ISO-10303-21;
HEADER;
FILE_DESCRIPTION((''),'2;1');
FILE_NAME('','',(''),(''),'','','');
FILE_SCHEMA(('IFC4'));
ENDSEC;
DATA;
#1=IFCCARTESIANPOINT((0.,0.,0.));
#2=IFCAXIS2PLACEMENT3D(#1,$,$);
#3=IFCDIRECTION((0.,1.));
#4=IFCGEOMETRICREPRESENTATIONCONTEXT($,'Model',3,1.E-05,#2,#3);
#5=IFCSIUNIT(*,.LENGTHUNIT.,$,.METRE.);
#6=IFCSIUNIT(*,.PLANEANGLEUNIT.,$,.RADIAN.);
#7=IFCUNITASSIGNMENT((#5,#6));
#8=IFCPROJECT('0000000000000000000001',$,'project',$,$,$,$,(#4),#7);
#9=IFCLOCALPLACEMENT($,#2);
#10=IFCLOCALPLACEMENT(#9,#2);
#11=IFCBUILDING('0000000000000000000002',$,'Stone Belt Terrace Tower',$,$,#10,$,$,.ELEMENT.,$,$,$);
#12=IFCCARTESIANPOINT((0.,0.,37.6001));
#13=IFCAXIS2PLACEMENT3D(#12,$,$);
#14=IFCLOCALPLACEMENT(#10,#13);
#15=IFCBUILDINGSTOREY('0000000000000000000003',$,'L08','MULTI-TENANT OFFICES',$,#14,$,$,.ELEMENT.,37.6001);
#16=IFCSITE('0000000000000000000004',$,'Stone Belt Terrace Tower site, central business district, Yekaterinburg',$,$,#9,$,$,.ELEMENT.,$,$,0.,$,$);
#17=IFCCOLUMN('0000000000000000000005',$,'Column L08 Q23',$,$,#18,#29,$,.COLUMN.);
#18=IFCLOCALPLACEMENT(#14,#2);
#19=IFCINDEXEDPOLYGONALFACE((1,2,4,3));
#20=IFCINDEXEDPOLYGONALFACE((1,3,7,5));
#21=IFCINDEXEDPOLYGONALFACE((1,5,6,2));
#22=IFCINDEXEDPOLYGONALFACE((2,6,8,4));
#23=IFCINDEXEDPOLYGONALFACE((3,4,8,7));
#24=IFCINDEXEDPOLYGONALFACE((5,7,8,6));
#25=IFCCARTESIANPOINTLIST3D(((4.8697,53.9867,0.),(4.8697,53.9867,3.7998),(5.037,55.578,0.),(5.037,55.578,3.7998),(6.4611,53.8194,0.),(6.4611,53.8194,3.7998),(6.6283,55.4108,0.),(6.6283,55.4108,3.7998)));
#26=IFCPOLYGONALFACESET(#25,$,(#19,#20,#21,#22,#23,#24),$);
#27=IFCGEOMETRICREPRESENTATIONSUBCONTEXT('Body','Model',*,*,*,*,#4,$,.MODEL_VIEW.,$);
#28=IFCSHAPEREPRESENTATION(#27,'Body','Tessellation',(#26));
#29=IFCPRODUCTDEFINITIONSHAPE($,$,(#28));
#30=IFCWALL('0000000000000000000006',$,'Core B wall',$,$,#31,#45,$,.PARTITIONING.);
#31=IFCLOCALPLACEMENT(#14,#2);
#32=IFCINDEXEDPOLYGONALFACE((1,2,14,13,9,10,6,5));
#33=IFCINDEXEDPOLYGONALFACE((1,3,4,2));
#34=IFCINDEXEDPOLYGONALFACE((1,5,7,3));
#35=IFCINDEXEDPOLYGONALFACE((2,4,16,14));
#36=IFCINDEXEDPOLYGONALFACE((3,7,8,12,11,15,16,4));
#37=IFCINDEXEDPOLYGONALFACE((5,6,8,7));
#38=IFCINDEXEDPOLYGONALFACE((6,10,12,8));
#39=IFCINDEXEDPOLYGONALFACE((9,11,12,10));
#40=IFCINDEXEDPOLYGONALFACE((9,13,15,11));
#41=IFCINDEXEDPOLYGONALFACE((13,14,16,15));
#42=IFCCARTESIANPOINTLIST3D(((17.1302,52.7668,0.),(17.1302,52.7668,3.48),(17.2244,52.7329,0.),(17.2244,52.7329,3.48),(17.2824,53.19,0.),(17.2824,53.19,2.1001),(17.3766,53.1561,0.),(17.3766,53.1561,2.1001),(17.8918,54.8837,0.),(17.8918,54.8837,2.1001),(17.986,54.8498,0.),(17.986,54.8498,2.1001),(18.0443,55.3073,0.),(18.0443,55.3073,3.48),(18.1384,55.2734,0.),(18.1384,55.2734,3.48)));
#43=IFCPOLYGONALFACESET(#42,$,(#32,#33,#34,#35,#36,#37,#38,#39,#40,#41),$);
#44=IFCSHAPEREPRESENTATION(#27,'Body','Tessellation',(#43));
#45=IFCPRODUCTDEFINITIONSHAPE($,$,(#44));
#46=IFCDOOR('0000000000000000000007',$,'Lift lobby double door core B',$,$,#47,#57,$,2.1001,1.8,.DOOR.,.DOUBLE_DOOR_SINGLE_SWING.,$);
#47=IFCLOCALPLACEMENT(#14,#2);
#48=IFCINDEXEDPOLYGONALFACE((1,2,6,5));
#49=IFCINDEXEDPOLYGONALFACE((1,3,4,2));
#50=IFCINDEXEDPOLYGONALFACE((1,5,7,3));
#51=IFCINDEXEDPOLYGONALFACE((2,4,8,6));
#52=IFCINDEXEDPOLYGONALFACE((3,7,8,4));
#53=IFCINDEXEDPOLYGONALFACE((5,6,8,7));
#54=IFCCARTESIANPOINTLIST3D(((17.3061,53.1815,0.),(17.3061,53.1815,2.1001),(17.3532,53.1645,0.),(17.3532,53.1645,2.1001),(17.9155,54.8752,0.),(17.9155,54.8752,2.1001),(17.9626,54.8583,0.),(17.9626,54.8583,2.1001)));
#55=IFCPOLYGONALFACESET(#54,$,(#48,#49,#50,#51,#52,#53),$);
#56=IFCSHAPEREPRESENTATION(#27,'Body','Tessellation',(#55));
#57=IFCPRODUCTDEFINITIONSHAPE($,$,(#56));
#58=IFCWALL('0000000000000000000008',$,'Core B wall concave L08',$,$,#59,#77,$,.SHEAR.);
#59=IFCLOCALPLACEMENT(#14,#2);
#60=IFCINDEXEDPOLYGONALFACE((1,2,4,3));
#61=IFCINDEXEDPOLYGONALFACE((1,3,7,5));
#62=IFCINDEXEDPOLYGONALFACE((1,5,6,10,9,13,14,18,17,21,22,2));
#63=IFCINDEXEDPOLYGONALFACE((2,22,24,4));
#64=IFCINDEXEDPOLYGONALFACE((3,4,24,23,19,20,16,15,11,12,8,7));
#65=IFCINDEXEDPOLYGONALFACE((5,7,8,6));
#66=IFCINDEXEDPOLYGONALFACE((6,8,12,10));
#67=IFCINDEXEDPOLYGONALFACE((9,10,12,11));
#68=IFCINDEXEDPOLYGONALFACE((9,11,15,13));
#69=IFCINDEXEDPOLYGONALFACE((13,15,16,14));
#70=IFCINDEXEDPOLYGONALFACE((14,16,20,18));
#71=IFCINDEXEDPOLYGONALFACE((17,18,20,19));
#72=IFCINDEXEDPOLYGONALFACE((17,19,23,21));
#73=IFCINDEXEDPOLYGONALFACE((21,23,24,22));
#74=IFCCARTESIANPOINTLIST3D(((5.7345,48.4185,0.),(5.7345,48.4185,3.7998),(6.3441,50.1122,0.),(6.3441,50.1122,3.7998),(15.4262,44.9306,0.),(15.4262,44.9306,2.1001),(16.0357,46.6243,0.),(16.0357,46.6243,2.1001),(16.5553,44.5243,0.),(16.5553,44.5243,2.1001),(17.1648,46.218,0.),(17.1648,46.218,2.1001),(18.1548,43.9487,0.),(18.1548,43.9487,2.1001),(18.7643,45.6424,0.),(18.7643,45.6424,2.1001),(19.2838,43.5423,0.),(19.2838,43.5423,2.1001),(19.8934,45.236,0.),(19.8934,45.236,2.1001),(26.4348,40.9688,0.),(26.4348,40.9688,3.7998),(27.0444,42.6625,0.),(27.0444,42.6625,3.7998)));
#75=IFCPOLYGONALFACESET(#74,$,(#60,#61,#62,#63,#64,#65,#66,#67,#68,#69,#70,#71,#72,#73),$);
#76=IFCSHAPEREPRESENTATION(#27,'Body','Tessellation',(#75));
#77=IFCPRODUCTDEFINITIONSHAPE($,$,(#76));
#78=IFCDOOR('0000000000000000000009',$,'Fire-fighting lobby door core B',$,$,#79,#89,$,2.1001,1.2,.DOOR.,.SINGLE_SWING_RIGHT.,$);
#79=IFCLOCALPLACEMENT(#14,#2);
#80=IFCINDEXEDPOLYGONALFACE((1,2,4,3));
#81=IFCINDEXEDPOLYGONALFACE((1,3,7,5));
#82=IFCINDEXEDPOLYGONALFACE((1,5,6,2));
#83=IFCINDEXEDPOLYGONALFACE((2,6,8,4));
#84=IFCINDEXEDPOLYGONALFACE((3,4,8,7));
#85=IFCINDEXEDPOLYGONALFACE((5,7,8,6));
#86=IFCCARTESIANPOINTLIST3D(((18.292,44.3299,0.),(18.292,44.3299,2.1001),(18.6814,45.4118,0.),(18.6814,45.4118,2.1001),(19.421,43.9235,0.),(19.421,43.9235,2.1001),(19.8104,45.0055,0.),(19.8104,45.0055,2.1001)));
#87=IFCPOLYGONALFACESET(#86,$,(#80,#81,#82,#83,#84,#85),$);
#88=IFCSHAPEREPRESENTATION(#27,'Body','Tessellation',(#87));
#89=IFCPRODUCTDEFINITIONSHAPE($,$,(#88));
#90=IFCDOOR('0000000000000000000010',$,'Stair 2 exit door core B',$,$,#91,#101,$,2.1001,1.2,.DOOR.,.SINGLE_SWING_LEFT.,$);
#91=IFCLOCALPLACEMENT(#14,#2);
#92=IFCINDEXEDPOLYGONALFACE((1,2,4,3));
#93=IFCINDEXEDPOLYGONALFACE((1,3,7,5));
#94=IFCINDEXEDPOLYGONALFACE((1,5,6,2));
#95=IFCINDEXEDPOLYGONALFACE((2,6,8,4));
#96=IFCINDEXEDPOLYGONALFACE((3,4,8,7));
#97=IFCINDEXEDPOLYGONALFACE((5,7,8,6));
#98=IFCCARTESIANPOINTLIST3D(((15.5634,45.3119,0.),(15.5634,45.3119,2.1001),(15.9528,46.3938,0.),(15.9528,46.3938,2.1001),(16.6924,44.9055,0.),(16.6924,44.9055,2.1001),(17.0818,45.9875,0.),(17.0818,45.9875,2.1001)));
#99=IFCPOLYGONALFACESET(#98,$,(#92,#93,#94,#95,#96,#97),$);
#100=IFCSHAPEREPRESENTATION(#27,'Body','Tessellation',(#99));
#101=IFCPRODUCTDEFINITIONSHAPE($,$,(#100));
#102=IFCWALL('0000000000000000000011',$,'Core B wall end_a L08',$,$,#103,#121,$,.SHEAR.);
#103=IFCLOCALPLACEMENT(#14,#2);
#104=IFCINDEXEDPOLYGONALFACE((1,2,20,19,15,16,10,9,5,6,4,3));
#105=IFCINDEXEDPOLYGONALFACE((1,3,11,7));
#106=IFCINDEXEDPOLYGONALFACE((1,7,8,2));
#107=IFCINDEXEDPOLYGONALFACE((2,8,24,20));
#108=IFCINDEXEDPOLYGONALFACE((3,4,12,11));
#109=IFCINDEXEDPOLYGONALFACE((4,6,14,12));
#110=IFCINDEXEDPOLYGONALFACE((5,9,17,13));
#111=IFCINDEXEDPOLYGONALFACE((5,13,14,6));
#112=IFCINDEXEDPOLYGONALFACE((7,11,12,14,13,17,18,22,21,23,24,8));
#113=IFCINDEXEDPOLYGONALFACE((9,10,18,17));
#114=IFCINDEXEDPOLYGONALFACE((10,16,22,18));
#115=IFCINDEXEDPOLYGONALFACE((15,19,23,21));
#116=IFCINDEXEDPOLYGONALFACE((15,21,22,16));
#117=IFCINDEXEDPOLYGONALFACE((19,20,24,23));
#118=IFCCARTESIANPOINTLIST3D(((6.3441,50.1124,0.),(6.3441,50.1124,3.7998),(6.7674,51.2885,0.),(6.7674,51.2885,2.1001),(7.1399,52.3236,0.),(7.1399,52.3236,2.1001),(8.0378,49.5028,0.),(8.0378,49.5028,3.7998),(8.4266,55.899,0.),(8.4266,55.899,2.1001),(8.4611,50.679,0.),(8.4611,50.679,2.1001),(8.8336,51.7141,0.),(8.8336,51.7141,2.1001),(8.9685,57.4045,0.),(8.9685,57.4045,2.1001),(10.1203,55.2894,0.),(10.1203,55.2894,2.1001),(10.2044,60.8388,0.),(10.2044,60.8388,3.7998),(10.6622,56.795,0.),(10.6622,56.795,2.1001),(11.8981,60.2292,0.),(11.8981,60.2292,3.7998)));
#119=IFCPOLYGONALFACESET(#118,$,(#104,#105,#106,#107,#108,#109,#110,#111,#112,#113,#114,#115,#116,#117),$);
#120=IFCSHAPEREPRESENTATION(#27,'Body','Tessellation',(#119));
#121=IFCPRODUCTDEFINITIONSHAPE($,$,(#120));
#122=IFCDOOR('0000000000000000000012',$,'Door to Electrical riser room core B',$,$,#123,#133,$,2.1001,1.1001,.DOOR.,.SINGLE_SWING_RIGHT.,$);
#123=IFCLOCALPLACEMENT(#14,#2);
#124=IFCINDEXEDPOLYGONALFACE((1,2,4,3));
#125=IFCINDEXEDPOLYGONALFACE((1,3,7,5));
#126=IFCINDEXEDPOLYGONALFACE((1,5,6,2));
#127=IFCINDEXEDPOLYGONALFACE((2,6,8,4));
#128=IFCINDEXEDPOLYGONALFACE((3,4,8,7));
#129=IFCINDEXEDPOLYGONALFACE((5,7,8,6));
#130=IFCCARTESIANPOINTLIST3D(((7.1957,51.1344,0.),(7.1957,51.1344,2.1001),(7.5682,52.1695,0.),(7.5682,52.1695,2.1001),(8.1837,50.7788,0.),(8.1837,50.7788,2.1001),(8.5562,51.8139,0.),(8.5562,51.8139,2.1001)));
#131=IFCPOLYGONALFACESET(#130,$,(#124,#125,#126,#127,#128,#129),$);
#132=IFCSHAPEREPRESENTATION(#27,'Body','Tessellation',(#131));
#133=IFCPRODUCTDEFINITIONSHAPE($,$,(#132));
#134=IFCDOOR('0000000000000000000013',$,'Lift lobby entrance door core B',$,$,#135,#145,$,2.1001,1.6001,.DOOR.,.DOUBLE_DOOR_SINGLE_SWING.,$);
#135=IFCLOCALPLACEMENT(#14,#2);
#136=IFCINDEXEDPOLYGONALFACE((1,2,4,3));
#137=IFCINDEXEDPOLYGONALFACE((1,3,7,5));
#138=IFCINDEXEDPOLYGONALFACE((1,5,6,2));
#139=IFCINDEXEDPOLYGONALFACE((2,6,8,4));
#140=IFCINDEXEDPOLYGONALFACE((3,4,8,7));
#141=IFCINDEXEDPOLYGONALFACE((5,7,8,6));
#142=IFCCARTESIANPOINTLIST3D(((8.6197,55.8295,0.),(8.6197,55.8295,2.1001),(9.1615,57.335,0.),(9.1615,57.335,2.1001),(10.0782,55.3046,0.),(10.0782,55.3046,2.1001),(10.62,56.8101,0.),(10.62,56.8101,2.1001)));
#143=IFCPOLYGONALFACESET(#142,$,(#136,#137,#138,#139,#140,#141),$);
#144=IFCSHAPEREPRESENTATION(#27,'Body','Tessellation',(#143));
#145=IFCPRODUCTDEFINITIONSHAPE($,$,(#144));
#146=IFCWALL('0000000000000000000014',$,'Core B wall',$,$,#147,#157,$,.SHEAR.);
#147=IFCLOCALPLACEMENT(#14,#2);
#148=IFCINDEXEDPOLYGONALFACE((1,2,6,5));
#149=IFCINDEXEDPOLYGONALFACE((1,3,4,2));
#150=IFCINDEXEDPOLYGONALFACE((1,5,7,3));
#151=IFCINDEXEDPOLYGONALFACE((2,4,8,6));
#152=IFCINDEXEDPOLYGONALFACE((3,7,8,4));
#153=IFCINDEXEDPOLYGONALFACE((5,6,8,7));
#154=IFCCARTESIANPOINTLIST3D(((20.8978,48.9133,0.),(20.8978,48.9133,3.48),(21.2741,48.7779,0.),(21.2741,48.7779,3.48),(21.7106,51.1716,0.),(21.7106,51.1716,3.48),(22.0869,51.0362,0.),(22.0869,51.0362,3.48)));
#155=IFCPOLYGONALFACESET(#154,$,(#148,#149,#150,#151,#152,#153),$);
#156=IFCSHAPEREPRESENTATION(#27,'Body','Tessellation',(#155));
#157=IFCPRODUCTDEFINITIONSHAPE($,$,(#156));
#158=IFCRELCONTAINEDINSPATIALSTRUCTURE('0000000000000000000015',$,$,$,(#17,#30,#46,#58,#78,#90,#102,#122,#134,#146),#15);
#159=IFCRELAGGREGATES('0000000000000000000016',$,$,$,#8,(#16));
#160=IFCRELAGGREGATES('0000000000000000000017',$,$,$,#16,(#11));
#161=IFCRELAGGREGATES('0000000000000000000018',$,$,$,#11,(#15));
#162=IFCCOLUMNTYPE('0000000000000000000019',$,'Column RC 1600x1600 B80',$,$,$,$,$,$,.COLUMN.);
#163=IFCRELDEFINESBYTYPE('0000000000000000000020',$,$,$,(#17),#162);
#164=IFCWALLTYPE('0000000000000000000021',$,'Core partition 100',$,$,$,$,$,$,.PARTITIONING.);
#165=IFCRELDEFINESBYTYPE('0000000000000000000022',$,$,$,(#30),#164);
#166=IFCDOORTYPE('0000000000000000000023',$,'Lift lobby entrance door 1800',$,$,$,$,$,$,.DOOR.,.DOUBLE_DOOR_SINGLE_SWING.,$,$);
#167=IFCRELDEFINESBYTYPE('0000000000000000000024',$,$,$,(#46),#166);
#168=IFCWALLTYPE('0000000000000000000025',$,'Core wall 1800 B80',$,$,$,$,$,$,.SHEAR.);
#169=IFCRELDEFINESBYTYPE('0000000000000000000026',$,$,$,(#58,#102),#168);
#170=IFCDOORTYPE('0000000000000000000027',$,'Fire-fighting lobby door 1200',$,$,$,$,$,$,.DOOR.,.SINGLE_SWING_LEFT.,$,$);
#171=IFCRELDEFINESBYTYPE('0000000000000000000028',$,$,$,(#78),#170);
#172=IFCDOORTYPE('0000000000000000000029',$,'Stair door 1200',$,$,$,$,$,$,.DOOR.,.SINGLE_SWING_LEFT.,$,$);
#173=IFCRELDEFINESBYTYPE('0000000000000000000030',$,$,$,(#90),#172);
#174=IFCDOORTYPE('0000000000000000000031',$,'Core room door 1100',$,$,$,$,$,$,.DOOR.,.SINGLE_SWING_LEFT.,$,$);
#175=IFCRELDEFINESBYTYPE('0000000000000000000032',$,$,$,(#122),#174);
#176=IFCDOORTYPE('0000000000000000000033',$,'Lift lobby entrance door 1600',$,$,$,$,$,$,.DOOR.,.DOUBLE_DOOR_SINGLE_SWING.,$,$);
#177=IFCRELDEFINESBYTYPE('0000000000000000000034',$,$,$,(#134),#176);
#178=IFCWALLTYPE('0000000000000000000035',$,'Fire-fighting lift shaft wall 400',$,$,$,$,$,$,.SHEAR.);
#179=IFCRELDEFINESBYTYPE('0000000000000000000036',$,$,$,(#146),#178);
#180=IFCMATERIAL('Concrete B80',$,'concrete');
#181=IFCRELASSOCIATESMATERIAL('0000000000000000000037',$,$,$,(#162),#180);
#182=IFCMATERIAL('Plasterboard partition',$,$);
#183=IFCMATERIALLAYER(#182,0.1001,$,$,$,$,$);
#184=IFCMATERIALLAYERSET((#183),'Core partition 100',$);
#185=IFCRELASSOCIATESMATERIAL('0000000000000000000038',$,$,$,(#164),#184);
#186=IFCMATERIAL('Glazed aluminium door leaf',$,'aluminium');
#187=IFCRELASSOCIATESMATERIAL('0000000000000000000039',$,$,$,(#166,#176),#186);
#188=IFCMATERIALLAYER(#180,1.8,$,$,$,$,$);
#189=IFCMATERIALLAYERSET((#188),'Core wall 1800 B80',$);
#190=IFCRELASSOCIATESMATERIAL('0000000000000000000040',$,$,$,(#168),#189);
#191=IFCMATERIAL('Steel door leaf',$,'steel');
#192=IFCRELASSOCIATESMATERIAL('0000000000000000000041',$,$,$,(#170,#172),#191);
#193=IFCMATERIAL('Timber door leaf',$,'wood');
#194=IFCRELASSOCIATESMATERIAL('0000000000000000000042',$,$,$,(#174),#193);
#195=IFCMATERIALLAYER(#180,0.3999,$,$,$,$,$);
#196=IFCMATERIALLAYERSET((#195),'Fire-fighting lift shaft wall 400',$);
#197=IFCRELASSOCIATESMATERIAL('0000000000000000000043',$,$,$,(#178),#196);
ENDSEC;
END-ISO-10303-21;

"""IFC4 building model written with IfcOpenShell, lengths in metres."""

from ifc_helpers import new_model, si_unit, direction, frame, frame_2d, origin, origin_2d, place, context, subcontext, project, spatial, rectangle, extrude, material, layer, layer_set, material_profile, profile_set, type_object, element, fill, save


model = new_model("IFC4")

# Units and contexts
model_context = context("Model", 3, precision=1e-05, world=origin(), true_north=direction((0.0, 1.0)))
body_context = subcontext(model_context, "Body", "Model", "MODEL_VIEW")
ifc_project = project(units=[si_unit("LENGTHUNIT", "METRE"), si_unit("PLANEANGLEUNIT", "RADIAN")], contexts=[model_context])

# Site, building, storey
site_placement = place(None, origin())
site = spatial("IfcSite", under=ifc_project, at=site_placement, Name="Stone Belt Terrace Tower site, central business district, Yekaterinburg", CompositionType="ELEMENT", RefElevation=0.0)
building_placement = place(site_placement, origin())
building = spatial("IfcBuilding", under=site, at=building_placement, Name="Stone Belt Terrace Tower", CompositionType="ELEMENT")
storey_placement = place(building_placement, frame((0.0, 0.0, 37.6001)))
storey = spatial("IfcBuildingStorey", under=building, at=storey_placement, Name="L08", Description="MULTI-TENANT OFFICES", CompositionType="ELEMENT", Elevation=37.6001)

# Column
ifc_material_1 = material(Name="Concrete B80", Category="concrete")
ifc_material_profile = material_profile(ifc_material_1, rectangle(XDim=1.6001, YDim=1.6001, at=origin_2d()), Name="RC 1600x1600")
ifc_profile_set = profile_set([ifc_material_profile], Name="Concrete B80")
column_type = type_object("IfcColumnType", Name="Column RC 1600x1600 B80", PredefinedType="COLUMN", material=ifc_profile_set)
column_placement = place(storey_placement, frame((5.749, 54.6987, 0.0), z_axis=(0.0, 0.0, 1.0), x_axis=(0.994522, -0.104528, 0.0)))
element("IfcColumn", 1, at=column_placement, inside=storey, type_object=column_type, Name="Column L08 Q23", PredefinedType="COLUMN", context=body_context, shape_type="SweptSolid", body=[
    extrude(rectangle(XDim=1.6001, YDim=1.6001, at=origin_2d()), origin(), (0.0, 0.0, 1.0), 3.7998),
])

# Wall, opening, door
ifc_material_2 = material(Name="Plasterboard partition")
ifc_layer_1 = layer(ifc_material_2, 0.1001)
ifc_layer_set_1 = layer_set([ifc_layer_1], Name="Core partition 100")
wall_type_1 = type_object("IfcWallType", Name="Core partition 100", PredefinedType="PARTITIONING", material=ifc_layer_set_1)
wall_1_placement = place(storey_placement, frame((17.1772, 52.7498, 0.0), z_axis=(0.0, 0.0, 1.0), x_axis=(0.338547, 0.94095, 0.0)))
wall_1 = element("IfcWall", 2, at=wall_1_placement, inside=storey, type_object=wall_type_1, Name="Core B wall", PredefinedType="PARTITIONING", context=body_context, shape_type="SweptSolid", body=[
    extrude(rectangle(XDim=2.7, YDim=0.1001, at=frame_2d((1.3501, 0.0))), origin(), (0.0, 0.0, 1.0), 3.48),
])
opening_1_placement = place(wall_1_placement, frame((0.45, 0.0, 0.0)))
opening_1 = element("IfcOpeningElement", 3, at=opening_1_placement, cuts=wall_1, PredefinedType="OPENING", context=body_context, shape_type="SweptSolid", body=[
    extrude(rectangle(XDim=1.8, YDim=2.1001, at=frame_2d((0.8999, 1.05))), frame((0.0, 0.0601, 0.0), z_axis=(0.0, -1.0, 0.0), x_axis=(1.0, 0.0, 0.0)), (0.0, 0.0, 1.0), 0.1201),
])
ifc_material_3 = material(Name="Glazed aluminium door leaf", Category="aluminium")
door_type_1 = type_object("IfcDoorType", Name="Lift lobby entrance door 1800", OperationType="DOUBLE_DOOR_SINGLE_SWING", PredefinedType="DOOR", material=ifc_material_3)
door_1_placement = place(opening_1_placement, origin())
door_1 = element("IfcDoor", 4, at=door_1_placement, inside=storey, type_object=door_type_1, Name="Lift lobby double door core B", OperationType="DOUBLE_DOOR_SINGLE_SWING", OverallHeight=2.1001, OverallWidth=1.8, PredefinedType="DOOR", context=body_context, shape_type="SweptSolid", body=[
    extrude(rectangle(XDim=1.8, YDim=2.1001, at=frame_2d((0.8999, 1.05))), frame((0.0, 0.0249, 0.0), z_axis=(0.0, -1.0, 0.0), x_axis=(1.0, 0.0, 0.0)), (0.0, 0.0, 1.0), 0.05),
])
fill(opening_1, door_1)

# Walls, openings, doors
ifc_layer_2 = layer(ifc_material_1, 1.8)
ifc_layer_set_2 = layer_set([ifc_layer_2], Name="Core wall 1800 B80")
wall_type_2 = type_object("IfcWallType", Name="Core wall 1800 B80", PredefinedType="SHEAR", material=ifc_layer_set_2)
wall_2_placement = place(storey_placement, frame((6.0393, 49.2654, 0.0), z_axis=(0.0, 0.0, 1.0), x_axis=(0.940922, -0.338624, 0.0)))
wall_2 = element("IfcWall", 5, at=wall_2_placement, inside=storey, type_object=wall_type_2, Name="Core B wall concave L08", PredefinedType="SHEAR", context=body_context, shape_type="SweptSolid", body=[
    extrude(rectangle(XDim=22.0, YDim=1.8, at=frame_2d((11.0, 0.0))), origin(), (0.0, 0.0, 1.0), 3.7998),
])
opening_2_placement = place(wall_2_placement, frame((13.2, 0.0, 0.0)))
opening_2 = element("IfcOpeningElement", 6, at=opening_2_placement, cuts=wall_2, PredefinedType="OPENING", context=body_context, shape_type="SweptSolid", body=[
    extrude(rectangle(XDim=1.2, YDim=2.1001, at=frame_2d((0.6001, 1.05))), frame((0.0, 0.9099, 0.0), z_axis=(0.0, -1.0, 0.0), x_axis=(1.0, 0.0, 0.0)), (0.0, 0.0, 1.0), 1.8201),
])
opening_3_placement = place(wall_2_placement, frame((10.3, 0.0, 0.0)))
opening_3 = element("IfcOpeningElement", 7, at=opening_3_placement, cuts=wall_2, PredefinedType="OPENING", context=body_context, shape_type="SweptSolid", body=[
    extrude(rectangle(XDim=1.2, YDim=2.1001, at=frame_2d((0.6001, 1.05))), frame((0.0, 0.9099, 0.0), z_axis=(0.0, -1.0, 0.0), x_axis=(1.0, 0.0, 0.0)), (0.0, 0.0, 1.0), 1.8201),
])
ifc_material_4 = material(Name="Steel door leaf", Category="steel")
door_type_2 = type_object("IfcDoorType", Name="Fire-fighting lobby door 1200", OperationType="SINGLE_SWING_LEFT", PredefinedType="DOOR", material=ifc_material_4)
door_2_placement = place(opening_2_placement, origin())
door_2 = element("IfcDoor", 8, at=door_2_placement, inside=storey, type_object=door_type_2, Name="Fire-fighting lobby door core B", OperationType="SINGLE_SWING_RIGHT", OverallHeight=2.1001, OverallWidth=1.2, PredefinedType="DOOR", context=body_context, shape_type="SweptSolid", body=[
    extrude(rectangle(XDim=1.2, YDim=2.1001, at=frame_2d((0.6001, 1.05))), frame((0.0, 0.655, 0.0), z_axis=(0.0, -1.0, 0.0), x_axis=(1.0, 0.0, 0.0)), (0.0, 0.0, 1.0), 1.1499),
])
fill(opening_2, door_2)
door_type_3 = type_object("IfcDoorType", Name="Stair door 1200", OperationType="SINGLE_SWING_LEFT", PredefinedType="DOOR", material=ifc_material_4)
door_3_placement = place(opening_3_placement, origin())
door_3 = element("IfcDoor", 9, at=door_3_placement, inside=storey, type_object=door_type_3, Name="Stair 2 exit door core B", OperationType="SINGLE_SWING_LEFT", OverallHeight=2.1001, OverallWidth=1.2, PredefinedType="DOOR", context=body_context, shape_type="SweptSolid", body=[
    extrude(rectangle(XDim=1.2, YDim=2.1001, at=frame_2d((0.6001, 1.05))), frame((0.0, 0.655, 0.0), z_axis=(0.0, -1.0, 0.0), x_axis=(1.0, 0.0, 0.0)), (0.0, 0.0, 1.0), 1.1499),
])
fill(opening_3, door_3)
wall_3_placement = place(storey_placement, frame((7.1909, 49.8076, 0.0), z_axis=(0.0, 0.0, 1.0), x_axis=(0.338632, 0.940919, 0.0)))
wall_3 = element("IfcWall", 10, at=wall_3_placement, inside=storey, type_object=wall_type_2, Name="Core B wall end_a L08", PredefinedType="SHEAR", context=body_context, shape_type="SweptSolid", body=[
    extrude(rectangle(XDim=11.3999, YDim=1.8, at=frame_2d((5.7, 0.0))), origin(), (0.0, 0.0, 1.0), 3.7998),
])
opening_4_placement = place(wall_3_placement, frame((6.1499, 0.0, 0.0)))
opening_4 = element("IfcOpeningElement", 11, at=opening_4_placement, cuts=wall_3, PredefinedType="OPENING", context=body_context, shape_type="SweptSolid", body=[
    extrude(rectangle(XDim=1.6001, YDim=2.1001, at=frame_2d((0.8, 1.05))), frame((0.0, 0.9099, 0.0), z_axis=(0.0, -1.0, 0.0), x_axis=(1.0, 0.0, 0.0)), (0.0, 0.0, 1.0), 1.8201),
])
opening_5_placement = place(wall_3_placement, frame((1.25, 0.0, 0.0)))
opening_5 = element("IfcOpeningElement", 12, at=opening_5_placement, cuts=wall_3, PredefinedType="OPENING", context=body_context, shape_type="SweptSolid", body=[
    extrude(rectangle(XDim=1.1001, YDim=2.1001, at=frame_2d((0.55, 1.05))), frame((0.0, 0.9099, 0.0), z_axis=(0.0, -1.0, 0.0), x_axis=(1.0, 0.0, 0.0)), (0.0, 0.0, 1.0), 1.8201),
])
ifc_material_5 = material(Name="Timber door leaf", Category="wood")
door_type_4 = type_object("IfcDoorType", Name="Core room door 1100", OperationType="SINGLE_SWING_LEFT", PredefinedType="DOOR", material=ifc_material_5)
door_4_placement = place(opening_5_placement, origin())
door_4 = element("IfcDoor", 13, at=door_4_placement, inside=storey, type_object=door_type_4, Name="Door to Electrical riser room core B", OperationType="SINGLE_SWING_RIGHT", OverallHeight=2.1001, OverallWidth=1.1001, PredefinedType="DOOR", context=body_context, shape_type="SweptSolid", body=[
    extrude(rectangle(XDim=1.1001, YDim=2.1001, at=frame_2d((0.55, 1.05))), frame((0.0, 0.4448, 0.0), z_axis=(0.0, -1.0, 0.0), x_axis=(1.0, 0.0, 0.0)), (0.0, 0.0, 1.0), 1.05),
])
fill(opening_5, door_4)
door_type_5 = type_object("IfcDoorType", Name="Lift lobby entrance door 1600", OperationType="DOUBLE_DOOR_SINGLE_SWING", PredefinedType="DOOR", material=ifc_material_3)
door_5_placement = place(opening_4_placement, origin())
door_5 = element("IfcDoor", 14, at=door_5_placement, inside=storey, type_object=door_type_5, Name="Lift lobby entrance door core B", OperationType="DOUBLE_DOOR_SINGLE_SWING", OverallHeight=2.1001, OverallWidth=1.6001, PredefinedType="DOOR", context=body_context, shape_type="SweptSolid", body=[
    extrude(rectangle(XDim=1.6001, YDim=2.1001, at=frame_2d((0.8, 1.05))), frame((0.0, 0.6948, 0.0), z_axis=(0.0, -1.0, 0.0), x_axis=(1.0, 0.0, 0.0)), (0.0, 0.0, 1.0), 1.55),
])
fill(opening_4, door_5)

# Wall
ifc_layer_3 = layer(ifc_material_1, 0.3999)
ifc_layer_set_3 = layer_set([ifc_layer_3], Name="Fire-fighting lift shaft wall 400")
wall_type_3 = type_object("IfcWallType", Name="Fire-fighting lift shaft wall 400", PredefinedType="SHEAR", material=ifc_layer_set_3)
wall_4_placement = place(storey_placement, frame((21.0859, 48.8455, 0.0), z_axis=(0.0, 0.0, 1.0), x_axis=(0.338629, 0.94092, 0.0)))
element("IfcWall", 15, at=wall_4_placement, inside=storey, type_object=wall_type_3, Name="Core B wall", PredefinedType="SHEAR", context=body_context, shape_type="SweptSolid", body=[
    extrude(rectangle(XDim=2.4001, YDim=0.3999, at=frame_2d((1.2002, 0.0))), origin(), (0.0, 0.0, 1.0), 3.48),
])

save(model, "model.ifc")
